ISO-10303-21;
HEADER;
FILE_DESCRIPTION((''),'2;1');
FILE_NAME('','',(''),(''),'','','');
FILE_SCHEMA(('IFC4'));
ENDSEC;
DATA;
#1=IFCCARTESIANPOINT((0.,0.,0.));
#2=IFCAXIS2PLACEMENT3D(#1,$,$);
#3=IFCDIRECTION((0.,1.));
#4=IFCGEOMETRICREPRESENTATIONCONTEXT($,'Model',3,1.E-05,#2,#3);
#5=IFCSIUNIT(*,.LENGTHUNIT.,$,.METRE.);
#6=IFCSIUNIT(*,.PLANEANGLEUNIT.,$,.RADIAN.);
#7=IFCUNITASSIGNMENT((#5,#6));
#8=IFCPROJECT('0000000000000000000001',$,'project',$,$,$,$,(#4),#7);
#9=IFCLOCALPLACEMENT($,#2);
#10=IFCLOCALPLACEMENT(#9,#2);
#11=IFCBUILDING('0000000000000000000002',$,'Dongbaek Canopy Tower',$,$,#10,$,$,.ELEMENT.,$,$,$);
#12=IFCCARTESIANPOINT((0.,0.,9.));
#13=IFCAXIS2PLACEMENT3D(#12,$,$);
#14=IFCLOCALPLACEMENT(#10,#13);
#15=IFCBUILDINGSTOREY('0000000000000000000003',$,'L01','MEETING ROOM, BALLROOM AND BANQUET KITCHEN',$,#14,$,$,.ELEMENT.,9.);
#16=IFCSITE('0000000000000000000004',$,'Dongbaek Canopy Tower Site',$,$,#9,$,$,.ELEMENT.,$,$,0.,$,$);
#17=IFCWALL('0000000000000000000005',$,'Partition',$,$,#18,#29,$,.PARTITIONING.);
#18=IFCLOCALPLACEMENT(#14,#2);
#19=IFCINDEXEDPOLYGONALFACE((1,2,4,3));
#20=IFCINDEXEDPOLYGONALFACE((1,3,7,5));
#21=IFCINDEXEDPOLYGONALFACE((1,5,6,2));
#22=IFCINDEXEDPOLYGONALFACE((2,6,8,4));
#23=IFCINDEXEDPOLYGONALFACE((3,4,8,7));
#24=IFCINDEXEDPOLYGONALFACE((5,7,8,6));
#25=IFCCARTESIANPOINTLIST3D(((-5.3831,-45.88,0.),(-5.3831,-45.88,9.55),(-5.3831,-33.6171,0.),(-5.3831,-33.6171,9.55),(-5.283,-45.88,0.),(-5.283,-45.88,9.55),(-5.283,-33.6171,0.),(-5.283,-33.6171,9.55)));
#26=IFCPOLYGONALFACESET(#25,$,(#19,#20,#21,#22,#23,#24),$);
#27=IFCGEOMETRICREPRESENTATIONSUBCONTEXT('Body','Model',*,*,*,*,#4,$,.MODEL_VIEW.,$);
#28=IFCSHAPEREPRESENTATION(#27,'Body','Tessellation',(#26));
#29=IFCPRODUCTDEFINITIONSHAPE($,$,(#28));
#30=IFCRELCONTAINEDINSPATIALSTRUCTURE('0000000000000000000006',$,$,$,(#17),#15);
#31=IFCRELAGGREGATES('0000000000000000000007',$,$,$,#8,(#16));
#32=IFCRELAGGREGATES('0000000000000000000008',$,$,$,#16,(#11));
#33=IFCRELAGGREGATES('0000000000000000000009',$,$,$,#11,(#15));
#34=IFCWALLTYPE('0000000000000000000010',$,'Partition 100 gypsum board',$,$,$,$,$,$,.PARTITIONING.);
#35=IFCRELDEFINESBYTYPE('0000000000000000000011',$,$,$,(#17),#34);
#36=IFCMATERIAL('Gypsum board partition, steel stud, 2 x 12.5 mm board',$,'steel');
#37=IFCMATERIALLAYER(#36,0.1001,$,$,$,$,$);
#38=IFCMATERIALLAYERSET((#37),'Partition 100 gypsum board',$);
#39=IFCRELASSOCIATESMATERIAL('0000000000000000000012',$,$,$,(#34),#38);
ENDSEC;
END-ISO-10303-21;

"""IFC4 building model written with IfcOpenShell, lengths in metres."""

from ifc_helpers import new_model, si_unit, direction, frame, frame_2d, origin, place, context, subcontext, project, spatial, rectangle, extrude, material, layer, layer_set, type_object, element, save


model = new_model("IFC4")

# Units and contexts
model_context = context("Model", 3, precision=1e-05, world=origin(), true_north=direction((0.0, 1.0)))
body_context = subcontext(model_context, "Body", "Model", "MODEL_VIEW")
ifc_project = project(units=[si_unit("LENGTHUNIT", "METRE"), si_unit("PLANEANGLEUNIT", "RADIAN")], contexts=[model_context])

# Site, building, storey
site_placement = place(None, origin())
site = spatial("IfcSite", under=ifc_project, at=site_placement, Name="Dongbaek Canopy Tower Site", CompositionType="ELEMENT", RefElevation=0.0)
building_placement = place(site_placement, origin())
building = spatial("IfcBuilding", under=site, at=building_placement, Name="Dongbaek Canopy Tower", CompositionType="ELEMENT")
storey_placement = place(building_placement, frame((0.0, 0.0, 9.0)))
storey = spatial("IfcBuildingStorey", under=building, at=storey_placement, Name="L01", Description="MEETING ROOM, BALLROOM AND BANQUET KITCHEN", CompositionType="ELEMENT", Elevation=9.0)

# Wall
ifc_material_1 = material(Name="Gypsum board partition, steel stud, 2 x 12.5 mm board", Category="steel")
ifc_layer_1 = layer(ifc_material_1, 0.1001)
ifc_layer_set_1 = layer_set([ifc_layer_1], Name="Partition 100 gypsum board")
wall_type = type_object("IfcWallType", Name="Partition 100 gypsum board", PredefinedType="PARTITIONING", material=ifc_layer_set_1)
wall_placement = place(storey_placement, frame((-5.333, -45.8799, 0.0), z_axis=(0.0, 0.0, 1.0), x_axis=(0.0, 1.0, 0.0)))
element("IfcWall", 1, at=wall_placement, inside=storey, type_object=wall_type, Name="Partition", PredefinedType="PARTITIONING", context=body_context, shape_type="SweptSolid", body=[
    extrude(rectangle(XDim=12.2629, YDim=0.1001, at=frame_2d((6.1313, 0.0))), origin(), (0.0, 0.0, 1.0), 9.55),
])

save(model, "model.ifc")
